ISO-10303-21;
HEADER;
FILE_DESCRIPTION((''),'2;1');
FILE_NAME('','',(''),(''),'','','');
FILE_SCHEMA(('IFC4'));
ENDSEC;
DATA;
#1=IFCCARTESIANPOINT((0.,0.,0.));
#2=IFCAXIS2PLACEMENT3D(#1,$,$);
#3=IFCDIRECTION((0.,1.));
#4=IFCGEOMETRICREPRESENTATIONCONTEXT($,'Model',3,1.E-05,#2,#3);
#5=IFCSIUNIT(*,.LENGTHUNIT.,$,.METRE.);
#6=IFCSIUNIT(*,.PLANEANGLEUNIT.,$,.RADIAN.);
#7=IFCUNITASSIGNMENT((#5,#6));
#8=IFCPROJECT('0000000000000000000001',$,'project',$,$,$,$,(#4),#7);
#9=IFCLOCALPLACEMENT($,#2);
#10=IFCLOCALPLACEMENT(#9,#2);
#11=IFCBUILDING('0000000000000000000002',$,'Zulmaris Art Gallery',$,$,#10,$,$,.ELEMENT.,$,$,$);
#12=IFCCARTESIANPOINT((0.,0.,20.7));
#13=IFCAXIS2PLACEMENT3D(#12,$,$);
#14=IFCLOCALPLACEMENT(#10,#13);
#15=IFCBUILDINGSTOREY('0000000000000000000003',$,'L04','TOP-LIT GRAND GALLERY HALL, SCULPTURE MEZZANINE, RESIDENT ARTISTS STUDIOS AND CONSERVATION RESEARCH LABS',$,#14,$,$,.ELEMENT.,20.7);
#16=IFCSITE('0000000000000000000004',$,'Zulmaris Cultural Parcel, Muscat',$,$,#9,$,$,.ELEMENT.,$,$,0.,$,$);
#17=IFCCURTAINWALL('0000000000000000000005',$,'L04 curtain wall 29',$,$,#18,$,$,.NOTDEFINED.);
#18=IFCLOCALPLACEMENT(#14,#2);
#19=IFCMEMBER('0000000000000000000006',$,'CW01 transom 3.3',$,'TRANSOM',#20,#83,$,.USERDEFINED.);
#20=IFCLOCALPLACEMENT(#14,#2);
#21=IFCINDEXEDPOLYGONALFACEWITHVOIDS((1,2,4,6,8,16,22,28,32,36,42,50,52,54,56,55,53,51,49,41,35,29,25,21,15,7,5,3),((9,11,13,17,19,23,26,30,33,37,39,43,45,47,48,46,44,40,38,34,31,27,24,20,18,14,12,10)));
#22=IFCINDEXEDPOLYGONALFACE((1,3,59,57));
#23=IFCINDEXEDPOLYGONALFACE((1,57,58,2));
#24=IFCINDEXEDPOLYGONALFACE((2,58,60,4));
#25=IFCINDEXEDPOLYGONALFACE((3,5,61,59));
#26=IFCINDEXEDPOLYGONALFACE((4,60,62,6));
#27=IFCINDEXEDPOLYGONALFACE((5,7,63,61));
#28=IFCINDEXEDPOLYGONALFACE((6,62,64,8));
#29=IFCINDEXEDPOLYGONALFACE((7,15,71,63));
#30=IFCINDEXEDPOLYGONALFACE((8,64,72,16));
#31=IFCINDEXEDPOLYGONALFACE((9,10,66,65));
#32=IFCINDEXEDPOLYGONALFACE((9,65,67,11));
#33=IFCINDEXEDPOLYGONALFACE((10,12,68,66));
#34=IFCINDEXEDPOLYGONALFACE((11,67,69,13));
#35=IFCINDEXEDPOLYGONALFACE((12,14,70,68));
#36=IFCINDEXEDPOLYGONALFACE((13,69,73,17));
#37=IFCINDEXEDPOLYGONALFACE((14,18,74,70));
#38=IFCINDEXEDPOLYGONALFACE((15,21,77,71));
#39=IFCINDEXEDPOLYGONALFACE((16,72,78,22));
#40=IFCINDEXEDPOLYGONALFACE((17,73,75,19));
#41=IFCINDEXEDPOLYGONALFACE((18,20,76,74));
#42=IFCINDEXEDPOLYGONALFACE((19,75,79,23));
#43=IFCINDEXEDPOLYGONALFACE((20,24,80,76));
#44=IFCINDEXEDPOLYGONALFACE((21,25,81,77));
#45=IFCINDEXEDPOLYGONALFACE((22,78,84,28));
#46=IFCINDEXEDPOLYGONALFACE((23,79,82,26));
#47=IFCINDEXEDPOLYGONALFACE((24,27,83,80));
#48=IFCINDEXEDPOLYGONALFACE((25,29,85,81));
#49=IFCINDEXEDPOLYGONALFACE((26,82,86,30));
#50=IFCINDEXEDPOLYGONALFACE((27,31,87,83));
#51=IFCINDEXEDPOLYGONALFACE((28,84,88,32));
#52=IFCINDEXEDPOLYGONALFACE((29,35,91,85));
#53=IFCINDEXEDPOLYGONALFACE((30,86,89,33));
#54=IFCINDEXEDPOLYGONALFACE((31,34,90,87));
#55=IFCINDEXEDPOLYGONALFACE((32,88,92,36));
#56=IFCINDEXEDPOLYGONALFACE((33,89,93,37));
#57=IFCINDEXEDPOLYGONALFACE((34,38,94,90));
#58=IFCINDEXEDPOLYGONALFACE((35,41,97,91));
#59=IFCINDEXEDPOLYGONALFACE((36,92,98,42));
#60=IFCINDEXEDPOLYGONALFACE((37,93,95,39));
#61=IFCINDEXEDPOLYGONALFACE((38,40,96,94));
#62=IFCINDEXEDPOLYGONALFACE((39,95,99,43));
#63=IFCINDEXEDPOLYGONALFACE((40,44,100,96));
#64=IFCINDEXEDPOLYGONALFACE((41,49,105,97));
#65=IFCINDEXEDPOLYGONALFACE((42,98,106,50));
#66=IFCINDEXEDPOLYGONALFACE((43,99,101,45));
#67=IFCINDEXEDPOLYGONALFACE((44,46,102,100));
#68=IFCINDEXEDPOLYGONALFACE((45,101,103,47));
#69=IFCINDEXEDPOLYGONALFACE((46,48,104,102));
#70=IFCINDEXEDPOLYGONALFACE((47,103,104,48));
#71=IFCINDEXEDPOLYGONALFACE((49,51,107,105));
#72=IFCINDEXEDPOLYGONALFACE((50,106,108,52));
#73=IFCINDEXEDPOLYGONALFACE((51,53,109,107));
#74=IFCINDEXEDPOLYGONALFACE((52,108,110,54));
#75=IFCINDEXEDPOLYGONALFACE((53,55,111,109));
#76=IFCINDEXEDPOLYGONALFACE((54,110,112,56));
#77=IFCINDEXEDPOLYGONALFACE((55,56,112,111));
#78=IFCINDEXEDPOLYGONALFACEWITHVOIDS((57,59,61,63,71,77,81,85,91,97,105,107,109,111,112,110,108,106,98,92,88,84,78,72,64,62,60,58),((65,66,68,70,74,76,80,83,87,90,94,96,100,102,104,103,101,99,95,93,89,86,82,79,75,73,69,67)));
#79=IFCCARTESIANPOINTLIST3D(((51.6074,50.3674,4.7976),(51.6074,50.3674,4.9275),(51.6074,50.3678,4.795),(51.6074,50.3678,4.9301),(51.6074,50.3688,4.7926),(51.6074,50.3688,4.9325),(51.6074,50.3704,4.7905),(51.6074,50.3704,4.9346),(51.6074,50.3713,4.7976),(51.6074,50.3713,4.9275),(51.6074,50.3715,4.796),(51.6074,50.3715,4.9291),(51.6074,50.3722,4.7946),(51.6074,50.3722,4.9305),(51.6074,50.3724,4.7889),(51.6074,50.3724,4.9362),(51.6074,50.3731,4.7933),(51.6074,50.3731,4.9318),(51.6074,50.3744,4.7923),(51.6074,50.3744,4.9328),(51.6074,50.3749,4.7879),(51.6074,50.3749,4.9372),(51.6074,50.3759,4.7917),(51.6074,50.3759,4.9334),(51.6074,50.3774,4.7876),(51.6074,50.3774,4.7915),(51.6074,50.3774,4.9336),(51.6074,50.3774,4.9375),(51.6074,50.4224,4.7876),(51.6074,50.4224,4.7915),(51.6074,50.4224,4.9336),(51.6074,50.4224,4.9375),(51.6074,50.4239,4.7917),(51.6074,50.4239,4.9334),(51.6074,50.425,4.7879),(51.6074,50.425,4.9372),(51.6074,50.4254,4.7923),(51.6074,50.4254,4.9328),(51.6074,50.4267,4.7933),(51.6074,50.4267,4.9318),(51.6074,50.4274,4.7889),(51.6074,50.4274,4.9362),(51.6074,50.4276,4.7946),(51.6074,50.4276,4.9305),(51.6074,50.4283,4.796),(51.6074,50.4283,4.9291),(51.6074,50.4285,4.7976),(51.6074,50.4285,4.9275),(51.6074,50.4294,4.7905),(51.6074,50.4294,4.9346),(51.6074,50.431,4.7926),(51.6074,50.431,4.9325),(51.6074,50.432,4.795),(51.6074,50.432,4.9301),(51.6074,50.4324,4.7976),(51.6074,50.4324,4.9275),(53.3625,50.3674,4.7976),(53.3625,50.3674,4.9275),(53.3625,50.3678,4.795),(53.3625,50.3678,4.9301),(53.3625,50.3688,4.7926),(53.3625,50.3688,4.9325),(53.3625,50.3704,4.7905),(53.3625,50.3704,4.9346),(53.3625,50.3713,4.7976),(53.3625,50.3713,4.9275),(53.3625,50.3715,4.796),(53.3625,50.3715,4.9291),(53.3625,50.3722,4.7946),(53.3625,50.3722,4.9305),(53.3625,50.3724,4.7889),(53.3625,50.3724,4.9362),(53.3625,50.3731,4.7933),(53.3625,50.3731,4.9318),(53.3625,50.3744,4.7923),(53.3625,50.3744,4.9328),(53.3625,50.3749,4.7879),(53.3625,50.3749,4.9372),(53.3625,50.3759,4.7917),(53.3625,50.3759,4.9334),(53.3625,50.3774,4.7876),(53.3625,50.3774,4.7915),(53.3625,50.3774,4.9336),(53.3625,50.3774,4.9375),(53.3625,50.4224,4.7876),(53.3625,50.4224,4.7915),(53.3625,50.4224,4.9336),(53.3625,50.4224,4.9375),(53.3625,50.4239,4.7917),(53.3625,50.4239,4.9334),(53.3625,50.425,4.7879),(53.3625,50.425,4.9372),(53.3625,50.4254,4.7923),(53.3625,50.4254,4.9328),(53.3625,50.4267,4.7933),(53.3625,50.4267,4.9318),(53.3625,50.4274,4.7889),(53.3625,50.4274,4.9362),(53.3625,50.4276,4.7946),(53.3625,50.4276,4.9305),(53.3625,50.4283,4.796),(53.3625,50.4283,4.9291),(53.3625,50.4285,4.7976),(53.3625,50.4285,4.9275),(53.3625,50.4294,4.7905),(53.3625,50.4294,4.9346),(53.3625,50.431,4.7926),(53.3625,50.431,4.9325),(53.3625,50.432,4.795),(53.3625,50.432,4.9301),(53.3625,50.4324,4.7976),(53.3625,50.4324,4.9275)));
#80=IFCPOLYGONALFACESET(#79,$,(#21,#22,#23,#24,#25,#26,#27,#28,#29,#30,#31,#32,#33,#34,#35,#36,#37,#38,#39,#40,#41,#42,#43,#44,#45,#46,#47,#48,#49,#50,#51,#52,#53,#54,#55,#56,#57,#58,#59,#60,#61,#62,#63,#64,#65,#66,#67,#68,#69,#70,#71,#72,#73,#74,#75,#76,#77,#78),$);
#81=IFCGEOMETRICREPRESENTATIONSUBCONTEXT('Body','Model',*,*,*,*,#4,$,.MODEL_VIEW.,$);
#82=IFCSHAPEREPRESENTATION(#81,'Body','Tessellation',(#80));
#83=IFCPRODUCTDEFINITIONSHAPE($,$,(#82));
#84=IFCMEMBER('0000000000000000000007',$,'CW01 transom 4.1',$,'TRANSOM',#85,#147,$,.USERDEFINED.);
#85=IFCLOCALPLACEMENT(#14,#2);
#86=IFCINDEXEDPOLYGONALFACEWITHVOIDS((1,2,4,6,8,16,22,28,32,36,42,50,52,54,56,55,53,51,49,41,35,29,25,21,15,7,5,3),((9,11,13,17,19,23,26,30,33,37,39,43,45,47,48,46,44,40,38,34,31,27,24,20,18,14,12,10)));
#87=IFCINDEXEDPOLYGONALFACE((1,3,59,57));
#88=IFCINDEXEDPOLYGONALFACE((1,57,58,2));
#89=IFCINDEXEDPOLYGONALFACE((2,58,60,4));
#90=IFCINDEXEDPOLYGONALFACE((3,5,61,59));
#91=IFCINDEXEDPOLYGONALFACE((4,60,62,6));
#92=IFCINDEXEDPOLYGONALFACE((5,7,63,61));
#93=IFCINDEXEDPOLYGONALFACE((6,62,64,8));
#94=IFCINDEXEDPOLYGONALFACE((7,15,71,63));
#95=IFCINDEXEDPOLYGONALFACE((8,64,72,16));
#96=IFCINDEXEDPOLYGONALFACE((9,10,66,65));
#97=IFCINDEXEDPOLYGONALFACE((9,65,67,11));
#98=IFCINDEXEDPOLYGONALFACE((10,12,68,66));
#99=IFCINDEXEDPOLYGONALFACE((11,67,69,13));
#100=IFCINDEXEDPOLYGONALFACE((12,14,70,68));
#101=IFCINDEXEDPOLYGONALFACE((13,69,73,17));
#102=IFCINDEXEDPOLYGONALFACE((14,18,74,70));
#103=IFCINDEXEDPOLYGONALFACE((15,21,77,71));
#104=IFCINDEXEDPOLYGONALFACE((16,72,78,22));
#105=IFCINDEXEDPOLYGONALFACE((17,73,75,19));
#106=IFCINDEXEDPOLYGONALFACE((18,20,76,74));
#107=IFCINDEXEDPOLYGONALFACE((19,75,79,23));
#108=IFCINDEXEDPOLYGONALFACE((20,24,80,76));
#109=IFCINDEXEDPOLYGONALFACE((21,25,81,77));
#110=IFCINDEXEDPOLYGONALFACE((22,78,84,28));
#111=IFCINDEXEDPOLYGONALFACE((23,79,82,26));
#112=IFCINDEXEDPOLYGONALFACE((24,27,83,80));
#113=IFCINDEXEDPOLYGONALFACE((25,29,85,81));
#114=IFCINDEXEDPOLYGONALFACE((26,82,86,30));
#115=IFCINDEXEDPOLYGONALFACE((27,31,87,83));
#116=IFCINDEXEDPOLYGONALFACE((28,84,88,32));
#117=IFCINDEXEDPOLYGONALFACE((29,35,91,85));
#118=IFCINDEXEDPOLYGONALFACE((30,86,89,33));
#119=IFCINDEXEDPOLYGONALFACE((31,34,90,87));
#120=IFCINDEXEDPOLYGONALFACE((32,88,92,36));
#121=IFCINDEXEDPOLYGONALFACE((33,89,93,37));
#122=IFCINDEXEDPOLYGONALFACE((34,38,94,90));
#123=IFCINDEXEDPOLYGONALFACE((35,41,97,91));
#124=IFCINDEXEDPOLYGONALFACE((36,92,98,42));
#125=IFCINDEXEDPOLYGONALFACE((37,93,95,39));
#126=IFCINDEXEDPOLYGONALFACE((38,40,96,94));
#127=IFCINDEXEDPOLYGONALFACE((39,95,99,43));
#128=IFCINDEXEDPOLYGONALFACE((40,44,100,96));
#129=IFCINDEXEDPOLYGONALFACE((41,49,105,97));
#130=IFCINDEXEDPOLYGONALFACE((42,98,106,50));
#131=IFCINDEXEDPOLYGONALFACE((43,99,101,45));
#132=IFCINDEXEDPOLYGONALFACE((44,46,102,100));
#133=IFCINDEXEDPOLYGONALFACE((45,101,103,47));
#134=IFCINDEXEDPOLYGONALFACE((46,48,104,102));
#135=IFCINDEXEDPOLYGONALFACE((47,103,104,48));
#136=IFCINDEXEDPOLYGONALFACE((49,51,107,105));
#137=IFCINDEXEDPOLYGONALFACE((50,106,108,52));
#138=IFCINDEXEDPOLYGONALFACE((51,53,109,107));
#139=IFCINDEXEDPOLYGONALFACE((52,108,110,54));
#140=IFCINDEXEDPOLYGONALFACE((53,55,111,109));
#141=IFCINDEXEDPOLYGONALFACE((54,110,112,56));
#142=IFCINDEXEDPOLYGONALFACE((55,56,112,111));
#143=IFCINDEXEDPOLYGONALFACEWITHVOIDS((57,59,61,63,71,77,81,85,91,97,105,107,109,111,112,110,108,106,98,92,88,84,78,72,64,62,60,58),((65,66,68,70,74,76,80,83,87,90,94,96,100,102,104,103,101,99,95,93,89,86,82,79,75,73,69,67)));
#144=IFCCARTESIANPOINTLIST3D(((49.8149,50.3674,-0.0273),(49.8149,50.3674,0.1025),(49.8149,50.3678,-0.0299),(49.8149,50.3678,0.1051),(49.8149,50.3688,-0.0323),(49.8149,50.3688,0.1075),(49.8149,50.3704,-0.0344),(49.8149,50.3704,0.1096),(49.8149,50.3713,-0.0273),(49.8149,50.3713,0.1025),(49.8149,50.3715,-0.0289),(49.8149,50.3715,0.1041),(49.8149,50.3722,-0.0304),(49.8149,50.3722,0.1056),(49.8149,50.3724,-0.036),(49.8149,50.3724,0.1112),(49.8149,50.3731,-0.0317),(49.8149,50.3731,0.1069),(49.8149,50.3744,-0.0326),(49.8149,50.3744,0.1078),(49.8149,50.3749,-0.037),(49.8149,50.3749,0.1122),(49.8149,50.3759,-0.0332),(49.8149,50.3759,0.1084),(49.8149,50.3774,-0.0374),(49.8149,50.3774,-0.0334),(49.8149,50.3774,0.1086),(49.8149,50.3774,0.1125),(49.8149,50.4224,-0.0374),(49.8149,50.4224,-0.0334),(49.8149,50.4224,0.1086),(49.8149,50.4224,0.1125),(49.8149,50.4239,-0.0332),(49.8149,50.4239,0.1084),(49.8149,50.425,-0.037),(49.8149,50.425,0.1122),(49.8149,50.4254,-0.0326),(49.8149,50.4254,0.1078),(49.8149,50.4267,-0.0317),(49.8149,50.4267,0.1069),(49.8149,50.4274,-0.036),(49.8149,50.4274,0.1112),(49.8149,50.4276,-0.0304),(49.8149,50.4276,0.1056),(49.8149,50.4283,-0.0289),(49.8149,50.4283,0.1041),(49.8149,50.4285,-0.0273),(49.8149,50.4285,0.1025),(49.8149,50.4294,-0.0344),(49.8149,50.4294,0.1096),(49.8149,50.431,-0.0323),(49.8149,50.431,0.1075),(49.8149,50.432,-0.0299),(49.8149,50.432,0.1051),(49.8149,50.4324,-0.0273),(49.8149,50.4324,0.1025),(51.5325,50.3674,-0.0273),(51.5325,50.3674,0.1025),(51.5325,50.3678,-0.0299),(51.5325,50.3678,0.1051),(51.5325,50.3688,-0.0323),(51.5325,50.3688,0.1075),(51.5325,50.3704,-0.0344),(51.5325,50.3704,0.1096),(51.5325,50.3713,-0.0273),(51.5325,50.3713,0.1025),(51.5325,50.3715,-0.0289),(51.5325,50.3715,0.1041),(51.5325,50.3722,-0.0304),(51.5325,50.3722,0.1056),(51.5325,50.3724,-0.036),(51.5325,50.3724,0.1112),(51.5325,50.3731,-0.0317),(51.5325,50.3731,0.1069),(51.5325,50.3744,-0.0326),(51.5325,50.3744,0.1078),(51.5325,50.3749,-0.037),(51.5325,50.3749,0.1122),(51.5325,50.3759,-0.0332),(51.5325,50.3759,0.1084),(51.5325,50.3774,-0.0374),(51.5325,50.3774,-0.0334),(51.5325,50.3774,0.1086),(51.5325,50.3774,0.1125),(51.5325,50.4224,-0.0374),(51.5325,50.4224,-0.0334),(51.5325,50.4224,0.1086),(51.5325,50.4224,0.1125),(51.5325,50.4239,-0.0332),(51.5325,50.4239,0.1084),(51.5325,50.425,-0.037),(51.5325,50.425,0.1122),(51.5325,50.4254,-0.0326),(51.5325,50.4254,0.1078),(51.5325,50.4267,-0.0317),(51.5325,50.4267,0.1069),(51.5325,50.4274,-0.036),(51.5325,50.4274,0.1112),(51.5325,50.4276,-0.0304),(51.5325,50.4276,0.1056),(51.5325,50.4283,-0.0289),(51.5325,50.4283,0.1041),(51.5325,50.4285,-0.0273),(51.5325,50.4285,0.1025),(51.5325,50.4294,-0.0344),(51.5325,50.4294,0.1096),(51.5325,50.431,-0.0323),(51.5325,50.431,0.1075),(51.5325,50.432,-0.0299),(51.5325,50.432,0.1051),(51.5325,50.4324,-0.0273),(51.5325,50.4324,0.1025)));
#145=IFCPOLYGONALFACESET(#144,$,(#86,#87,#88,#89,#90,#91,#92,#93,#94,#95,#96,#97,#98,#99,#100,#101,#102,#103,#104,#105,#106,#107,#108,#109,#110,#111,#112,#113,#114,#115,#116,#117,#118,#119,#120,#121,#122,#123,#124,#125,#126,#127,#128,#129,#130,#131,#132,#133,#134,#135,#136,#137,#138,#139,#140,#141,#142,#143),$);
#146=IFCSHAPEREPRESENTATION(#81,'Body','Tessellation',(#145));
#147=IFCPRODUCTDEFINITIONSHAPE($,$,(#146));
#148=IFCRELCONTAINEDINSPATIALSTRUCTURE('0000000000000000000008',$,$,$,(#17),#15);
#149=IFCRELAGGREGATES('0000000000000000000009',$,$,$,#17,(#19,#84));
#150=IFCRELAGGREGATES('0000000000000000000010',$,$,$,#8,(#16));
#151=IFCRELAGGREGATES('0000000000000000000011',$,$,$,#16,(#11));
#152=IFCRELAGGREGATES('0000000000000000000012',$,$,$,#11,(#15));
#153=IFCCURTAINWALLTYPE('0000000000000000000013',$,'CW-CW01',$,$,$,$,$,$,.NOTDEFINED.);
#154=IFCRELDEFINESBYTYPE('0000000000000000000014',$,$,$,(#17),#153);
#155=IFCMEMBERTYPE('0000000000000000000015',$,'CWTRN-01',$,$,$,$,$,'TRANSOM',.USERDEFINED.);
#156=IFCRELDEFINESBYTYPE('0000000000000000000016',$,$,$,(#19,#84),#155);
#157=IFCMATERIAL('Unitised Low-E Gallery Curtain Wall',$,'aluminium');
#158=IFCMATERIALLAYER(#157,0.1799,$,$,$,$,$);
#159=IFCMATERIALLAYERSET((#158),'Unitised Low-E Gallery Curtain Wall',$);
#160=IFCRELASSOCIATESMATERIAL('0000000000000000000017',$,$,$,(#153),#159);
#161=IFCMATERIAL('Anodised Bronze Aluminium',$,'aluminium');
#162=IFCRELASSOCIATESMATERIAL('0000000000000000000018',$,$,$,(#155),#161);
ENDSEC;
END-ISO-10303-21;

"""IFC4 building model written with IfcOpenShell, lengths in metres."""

from ifc_helpers import new_model, si_unit, direction, frame, origin, origin_2d, place, context, subcontext, project, spatial, hollow_rectangle, extrude, material, layer, layer_set, material_profile, profile_set, type_object, element, aggregate, save


model = new_model("IFC4")

# Units and contexts
model_context = context("Model", 3, precision=1e-05, world=origin(), true_north=direction((0.0, 1.0)))
body_context = subcontext(model_context, "Body", "Model", "MODEL_VIEW")
ifc_project = project(units=[si_unit("LENGTHUNIT", "METRE"), si_unit("PLANEANGLEUNIT", "RADIAN")], contexts=[model_context])

# Site, building, storey
site_placement = place(None, origin())
site = spatial("IfcSite", under=ifc_project, at=site_placement, Name="Zulmaris Cultural Parcel, Muscat", CompositionType="ELEMENT", RefElevation=0.0)
building_placement = place(site_placement, origin())
building = spatial("IfcBuilding", under=site, at=building_placement, Name="Zulmaris Art Gallery", CompositionType="ELEMENT")
storey_placement = place(building_placement, frame((0.0, 0.0, 20.7)))
storey = spatial("IfcBuildingStorey", under=building, at=storey_placement, Name="L04", Description="TOP-LIT GRAND GALLERY HALL, SCULPTURE MEZZANINE, RESIDENT ARTISTS STUDIOS AND CONSERVATION RESEARCH LABS", CompositionType="ELEMENT", Elevation=20.7)

# Shared definitions
ifc_material_1 = material(Name="Unitised Low-E Gallery Curtain Wall", Category="aluminium")
ifc_layer_1 = layer(ifc_material_1, 0.1799)
ifc_layer_set_1 = layer_set([ifc_layer_1], Name="Unitised Low-E Gallery Curtain Wall")
curtain_wall_type = type_object("IfcCurtainWallType", Name="CW-CW01", PredefinedType="NOTDEFINED", material=ifc_layer_set_1)
ifc_material_2 = material(Name="Anodised Bronze Aluminium", Category="aluminium")

# Curtain wall
curtain_wall_1_placement = place(storey_placement, origin())
curtain_wall_1 = element("IfcCurtainWall", 1, at=curtain_wall_1_placement, inside=storey, type_object=curtain_wall_type, Name="L04 curtain wall 29", PredefinedType="NOTDEFINED")

# Members
ifc_material_profile_1 = material_profile(ifc_material_2, hollow_rectangle(XDim=0.0649, YDim=0.1499, WallThickness=0.0039, InnerFilletRadius=0.0061, OuterFilletRadius=0.01, at=origin_2d()), Name="ALU 65x150x4")
ifc_profile_set_1 = profile_set([ifc_material_profile_1], Name="Anodised Bronze Aluminium")
member_type_1 = type_object("IfcMemberType", Name="CWTRN-01", ElementType="TRANSOM", PredefinedType="USERDEFINED", material=ifc_profile_set_1)
member_1_placement = place(storey_placement, frame((53.3625, 50.3999, 4.8625), z_axis=(-1.0, 0.0, 0.0), x_axis=(0.0, -1.0, 0.0)))
member_1 = element("IfcMember", 2, at=member_1_placement, type_object=member_type_1, Name="CW01 transom 3.3", ObjectType="TRANSOM", PredefinedType="USERDEFINED", context=body_context, shape_type="SweptSolid", body=[
    extrude(hollow_rectangle(XDim=0.0649, YDim=0.1499, WallThickness=0.0039, InnerFilletRadius=0.0061, OuterFilletRadius=0.01, at=origin_2d()), origin(), (0.0, 0.0, 1.0), 1.7551),
])
member_2_placement = place(storey_placement, frame((51.5325, 50.3999, 0.0376), z_axis=(-1.0, 0.0, 0.0), x_axis=(0.0, -1.0, 0.0)))
member_2 = element("IfcMember", 3, at=member_2_placement, type_object=member_type_1, Name="CW01 transom 4.1", ObjectType="TRANSOM", PredefinedType="USERDEFINED", context=body_context, shape_type="SweptSolid", body=[
    extrude(hollow_rectangle(XDim=0.0649, YDim=0.1499, WallThickness=0.0039, InnerFilletRadius=0.0061, OuterFilletRadius=0.01, at=origin_2d()), origin(), (0.0, 0.0, 1.0), 1.7175),
])

aggregate(curtain_wall_1, [member_1, member_2])

save(model, "model.ifc")
